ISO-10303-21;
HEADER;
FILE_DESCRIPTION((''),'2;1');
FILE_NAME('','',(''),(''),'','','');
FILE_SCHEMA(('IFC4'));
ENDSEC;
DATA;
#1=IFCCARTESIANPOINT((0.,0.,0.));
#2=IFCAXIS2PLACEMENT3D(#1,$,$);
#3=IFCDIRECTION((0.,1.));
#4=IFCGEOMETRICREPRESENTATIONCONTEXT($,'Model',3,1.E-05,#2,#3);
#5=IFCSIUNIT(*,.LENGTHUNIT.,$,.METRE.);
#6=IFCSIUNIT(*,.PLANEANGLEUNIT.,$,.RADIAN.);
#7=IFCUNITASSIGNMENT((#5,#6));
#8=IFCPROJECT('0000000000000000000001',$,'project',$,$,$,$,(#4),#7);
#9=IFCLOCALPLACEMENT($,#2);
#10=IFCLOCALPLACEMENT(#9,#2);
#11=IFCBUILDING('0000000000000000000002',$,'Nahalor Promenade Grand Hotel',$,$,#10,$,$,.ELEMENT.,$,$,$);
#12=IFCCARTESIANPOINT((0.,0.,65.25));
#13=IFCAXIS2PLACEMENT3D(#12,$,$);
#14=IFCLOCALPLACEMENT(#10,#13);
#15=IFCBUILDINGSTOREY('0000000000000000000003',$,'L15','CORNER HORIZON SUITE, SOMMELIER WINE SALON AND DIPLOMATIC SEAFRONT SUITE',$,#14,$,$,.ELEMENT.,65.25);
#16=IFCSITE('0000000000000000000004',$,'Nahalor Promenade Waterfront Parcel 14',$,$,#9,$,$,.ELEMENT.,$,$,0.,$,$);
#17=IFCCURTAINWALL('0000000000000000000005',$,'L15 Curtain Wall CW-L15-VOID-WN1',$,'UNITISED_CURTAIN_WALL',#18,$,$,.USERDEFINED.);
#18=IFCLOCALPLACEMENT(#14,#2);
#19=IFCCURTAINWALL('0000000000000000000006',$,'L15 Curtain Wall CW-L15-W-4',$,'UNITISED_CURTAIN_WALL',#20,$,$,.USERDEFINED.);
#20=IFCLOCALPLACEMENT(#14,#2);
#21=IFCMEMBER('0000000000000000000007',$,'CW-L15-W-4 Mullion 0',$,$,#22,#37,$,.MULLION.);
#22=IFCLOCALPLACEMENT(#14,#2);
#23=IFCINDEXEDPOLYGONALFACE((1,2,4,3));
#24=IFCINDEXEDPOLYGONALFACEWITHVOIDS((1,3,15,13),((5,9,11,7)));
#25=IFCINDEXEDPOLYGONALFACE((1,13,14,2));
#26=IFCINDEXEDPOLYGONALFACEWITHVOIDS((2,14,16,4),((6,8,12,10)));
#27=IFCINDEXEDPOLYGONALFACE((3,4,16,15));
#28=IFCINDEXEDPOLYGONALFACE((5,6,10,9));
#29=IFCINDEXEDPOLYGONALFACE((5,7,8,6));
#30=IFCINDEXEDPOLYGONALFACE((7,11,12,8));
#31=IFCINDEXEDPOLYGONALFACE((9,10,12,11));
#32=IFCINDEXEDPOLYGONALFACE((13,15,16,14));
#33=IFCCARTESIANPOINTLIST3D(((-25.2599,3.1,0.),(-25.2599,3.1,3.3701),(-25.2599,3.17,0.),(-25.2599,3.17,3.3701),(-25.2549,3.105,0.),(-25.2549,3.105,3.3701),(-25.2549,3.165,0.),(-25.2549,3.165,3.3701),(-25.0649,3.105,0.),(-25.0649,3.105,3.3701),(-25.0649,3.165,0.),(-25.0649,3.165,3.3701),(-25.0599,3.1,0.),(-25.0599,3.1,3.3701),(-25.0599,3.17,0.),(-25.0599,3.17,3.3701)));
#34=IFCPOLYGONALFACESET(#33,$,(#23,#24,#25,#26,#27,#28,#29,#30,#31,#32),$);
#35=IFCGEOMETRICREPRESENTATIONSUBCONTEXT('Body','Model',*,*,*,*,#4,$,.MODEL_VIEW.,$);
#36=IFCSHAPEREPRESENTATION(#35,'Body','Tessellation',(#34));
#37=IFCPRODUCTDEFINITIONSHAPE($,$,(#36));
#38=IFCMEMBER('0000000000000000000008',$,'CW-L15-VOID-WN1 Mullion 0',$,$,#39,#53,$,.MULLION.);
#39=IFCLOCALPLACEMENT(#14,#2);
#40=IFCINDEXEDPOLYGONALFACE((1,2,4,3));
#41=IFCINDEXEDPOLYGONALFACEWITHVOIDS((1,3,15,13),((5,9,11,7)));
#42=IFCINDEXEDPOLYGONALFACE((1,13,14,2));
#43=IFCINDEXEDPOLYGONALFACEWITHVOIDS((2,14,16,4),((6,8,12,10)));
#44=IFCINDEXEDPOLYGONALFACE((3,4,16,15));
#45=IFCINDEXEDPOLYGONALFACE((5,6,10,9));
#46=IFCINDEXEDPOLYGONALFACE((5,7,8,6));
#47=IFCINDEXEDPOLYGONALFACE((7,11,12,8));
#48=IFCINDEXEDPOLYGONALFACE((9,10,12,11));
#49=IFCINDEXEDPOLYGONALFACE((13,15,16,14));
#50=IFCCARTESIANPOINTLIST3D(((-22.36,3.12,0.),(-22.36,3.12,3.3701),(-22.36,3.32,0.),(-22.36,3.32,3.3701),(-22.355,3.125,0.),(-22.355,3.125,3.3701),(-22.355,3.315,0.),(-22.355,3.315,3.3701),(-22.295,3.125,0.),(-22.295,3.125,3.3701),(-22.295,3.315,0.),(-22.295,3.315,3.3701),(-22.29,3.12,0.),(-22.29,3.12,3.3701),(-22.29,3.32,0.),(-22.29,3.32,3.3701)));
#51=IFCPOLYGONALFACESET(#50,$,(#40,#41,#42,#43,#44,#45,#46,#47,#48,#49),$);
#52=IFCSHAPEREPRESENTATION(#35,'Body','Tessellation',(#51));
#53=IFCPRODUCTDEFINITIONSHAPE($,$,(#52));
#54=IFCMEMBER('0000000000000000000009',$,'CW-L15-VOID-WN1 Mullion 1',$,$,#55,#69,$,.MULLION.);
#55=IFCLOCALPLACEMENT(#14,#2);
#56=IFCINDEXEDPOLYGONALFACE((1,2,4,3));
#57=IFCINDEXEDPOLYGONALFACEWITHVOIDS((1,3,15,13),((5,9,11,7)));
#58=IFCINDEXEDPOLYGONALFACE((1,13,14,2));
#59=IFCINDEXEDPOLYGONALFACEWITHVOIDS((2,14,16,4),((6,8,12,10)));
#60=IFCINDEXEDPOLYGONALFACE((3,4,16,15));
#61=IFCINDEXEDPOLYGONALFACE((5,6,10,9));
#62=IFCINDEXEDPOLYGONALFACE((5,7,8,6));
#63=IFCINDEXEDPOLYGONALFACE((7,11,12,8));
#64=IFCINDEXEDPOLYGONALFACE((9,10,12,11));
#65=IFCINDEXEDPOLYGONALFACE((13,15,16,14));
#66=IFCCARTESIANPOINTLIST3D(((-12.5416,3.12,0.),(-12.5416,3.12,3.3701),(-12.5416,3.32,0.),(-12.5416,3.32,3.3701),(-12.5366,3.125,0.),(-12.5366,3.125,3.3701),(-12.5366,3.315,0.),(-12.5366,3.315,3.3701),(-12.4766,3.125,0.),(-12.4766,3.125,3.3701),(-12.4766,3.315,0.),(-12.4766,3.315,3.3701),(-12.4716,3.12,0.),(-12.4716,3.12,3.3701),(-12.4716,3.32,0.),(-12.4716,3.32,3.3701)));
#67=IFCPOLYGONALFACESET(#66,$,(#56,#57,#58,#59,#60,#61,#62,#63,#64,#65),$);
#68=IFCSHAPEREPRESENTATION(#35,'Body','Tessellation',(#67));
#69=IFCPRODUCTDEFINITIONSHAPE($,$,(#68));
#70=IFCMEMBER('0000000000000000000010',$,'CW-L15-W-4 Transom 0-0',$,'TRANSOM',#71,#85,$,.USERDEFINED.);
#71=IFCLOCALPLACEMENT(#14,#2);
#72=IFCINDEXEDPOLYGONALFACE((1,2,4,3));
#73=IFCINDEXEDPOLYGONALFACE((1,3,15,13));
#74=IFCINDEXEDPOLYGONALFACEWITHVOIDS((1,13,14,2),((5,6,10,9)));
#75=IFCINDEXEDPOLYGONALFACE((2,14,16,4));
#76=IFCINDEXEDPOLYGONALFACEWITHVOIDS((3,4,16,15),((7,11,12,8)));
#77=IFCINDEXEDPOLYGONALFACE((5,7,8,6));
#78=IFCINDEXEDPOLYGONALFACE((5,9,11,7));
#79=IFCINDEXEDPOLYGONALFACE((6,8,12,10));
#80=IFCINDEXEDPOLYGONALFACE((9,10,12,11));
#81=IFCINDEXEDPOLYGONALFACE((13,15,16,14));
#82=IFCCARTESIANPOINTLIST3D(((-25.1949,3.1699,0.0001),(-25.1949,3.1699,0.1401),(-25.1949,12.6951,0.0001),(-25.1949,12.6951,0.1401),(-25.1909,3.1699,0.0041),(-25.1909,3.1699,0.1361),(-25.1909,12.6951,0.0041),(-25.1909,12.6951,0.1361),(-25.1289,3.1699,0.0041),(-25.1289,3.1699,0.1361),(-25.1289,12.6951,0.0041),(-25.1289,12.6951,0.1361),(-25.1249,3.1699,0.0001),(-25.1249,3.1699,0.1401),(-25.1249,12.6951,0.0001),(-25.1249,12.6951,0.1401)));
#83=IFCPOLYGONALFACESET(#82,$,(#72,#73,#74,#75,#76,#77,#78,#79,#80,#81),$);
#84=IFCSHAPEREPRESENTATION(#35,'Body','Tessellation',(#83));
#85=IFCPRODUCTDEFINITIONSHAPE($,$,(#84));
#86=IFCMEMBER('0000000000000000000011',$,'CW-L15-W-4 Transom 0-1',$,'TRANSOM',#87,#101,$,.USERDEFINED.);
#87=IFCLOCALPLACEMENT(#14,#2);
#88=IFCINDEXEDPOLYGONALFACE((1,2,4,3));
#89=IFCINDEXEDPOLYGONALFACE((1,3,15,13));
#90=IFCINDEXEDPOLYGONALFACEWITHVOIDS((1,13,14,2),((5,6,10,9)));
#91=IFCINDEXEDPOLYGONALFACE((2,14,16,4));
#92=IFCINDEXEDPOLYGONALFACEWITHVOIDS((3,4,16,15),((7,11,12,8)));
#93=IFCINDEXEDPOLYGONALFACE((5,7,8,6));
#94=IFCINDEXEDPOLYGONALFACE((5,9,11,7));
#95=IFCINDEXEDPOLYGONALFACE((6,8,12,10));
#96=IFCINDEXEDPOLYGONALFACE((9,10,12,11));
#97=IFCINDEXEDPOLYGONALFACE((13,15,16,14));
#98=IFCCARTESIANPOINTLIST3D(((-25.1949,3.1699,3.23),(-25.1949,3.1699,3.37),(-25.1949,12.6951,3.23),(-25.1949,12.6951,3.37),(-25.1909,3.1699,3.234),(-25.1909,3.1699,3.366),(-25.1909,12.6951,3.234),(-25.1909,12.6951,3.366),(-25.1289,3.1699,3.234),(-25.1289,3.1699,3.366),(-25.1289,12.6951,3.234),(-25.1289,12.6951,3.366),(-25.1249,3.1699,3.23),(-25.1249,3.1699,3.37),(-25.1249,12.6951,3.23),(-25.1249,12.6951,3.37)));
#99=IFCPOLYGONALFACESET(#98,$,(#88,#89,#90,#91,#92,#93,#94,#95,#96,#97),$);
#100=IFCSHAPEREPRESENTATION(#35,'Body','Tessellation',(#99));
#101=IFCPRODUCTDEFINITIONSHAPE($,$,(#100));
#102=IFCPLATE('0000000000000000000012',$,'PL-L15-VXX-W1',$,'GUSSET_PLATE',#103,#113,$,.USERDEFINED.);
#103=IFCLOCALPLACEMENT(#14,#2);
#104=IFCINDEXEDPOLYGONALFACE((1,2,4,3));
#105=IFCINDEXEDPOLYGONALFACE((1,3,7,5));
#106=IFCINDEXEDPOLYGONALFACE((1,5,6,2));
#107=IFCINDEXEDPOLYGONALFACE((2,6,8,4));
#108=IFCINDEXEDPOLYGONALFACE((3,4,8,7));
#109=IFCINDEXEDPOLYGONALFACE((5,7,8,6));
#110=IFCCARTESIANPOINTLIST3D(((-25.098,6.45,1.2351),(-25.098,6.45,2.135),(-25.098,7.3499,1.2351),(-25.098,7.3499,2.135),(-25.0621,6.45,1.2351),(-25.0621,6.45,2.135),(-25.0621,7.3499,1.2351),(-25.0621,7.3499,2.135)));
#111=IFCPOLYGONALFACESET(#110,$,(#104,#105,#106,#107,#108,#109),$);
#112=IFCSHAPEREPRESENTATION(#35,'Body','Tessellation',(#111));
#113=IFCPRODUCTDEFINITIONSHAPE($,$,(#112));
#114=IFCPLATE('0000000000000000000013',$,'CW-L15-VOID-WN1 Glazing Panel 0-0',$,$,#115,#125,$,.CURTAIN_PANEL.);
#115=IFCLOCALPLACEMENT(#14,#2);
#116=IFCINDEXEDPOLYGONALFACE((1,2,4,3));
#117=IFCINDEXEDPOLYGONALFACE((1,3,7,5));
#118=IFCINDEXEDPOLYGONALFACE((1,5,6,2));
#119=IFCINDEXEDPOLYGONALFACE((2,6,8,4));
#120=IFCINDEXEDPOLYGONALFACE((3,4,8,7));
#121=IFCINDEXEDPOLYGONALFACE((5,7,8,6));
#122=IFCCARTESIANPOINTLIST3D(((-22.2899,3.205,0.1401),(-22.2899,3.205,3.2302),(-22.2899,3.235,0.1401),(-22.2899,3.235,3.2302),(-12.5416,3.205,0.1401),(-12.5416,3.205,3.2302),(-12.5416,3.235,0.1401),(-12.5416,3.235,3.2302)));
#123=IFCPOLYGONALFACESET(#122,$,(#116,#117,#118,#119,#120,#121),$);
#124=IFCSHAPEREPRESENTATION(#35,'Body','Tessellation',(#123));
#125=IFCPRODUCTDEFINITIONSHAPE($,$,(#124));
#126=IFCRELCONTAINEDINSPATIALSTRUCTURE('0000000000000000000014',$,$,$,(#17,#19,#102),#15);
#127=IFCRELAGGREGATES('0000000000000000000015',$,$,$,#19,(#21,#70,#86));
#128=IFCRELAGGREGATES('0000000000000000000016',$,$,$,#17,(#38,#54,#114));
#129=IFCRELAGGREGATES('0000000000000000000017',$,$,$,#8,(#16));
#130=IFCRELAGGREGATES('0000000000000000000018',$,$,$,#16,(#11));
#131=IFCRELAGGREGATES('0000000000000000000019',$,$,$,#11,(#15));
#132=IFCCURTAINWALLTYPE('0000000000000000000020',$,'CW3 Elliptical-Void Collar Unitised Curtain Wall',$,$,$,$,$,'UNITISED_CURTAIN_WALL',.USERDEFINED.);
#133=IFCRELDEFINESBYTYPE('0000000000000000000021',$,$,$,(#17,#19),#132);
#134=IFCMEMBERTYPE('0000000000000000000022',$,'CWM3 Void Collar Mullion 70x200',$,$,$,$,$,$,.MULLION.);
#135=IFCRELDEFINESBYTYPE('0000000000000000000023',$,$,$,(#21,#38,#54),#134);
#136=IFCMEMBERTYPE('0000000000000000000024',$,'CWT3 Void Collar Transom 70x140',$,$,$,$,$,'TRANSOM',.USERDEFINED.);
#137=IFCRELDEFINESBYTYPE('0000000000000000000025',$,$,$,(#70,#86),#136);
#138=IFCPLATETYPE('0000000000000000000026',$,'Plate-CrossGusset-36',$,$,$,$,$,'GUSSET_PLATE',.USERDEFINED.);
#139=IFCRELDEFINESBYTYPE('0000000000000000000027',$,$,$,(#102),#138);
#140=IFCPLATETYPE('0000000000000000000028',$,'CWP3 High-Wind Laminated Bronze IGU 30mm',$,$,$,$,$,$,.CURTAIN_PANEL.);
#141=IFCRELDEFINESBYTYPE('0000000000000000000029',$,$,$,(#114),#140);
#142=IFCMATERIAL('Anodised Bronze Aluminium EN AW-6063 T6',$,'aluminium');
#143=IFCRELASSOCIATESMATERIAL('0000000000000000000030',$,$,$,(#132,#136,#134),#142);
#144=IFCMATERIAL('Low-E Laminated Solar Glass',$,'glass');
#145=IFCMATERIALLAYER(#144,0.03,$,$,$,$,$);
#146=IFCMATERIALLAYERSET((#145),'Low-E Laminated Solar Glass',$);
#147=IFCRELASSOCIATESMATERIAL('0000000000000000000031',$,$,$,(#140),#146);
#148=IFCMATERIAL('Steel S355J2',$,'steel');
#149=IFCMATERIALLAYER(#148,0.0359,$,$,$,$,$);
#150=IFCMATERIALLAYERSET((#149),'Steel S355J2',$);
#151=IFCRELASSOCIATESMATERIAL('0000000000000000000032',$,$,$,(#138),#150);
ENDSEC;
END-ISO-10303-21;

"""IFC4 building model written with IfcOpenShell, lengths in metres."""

from ifc_helpers import new_model, si_unit, direction, frame, origin, origin_2d, place, context, subcontext, project, spatial, rectangle, hollow_rectangle, extrude, source, transform, mapped, material, layer, layer_set, material_profile, profile_set, type_object, element, aggregate, save


model = new_model("IFC4")

# Units and contexts
model_context = context("Model", 3, precision=1e-05, world=origin(), true_north=direction((0.0, 1.0)))
body_context = subcontext(model_context, "Body", "Model", "MODEL_VIEW")
ifc_project = project(units=[si_unit("LENGTHUNIT", "METRE"), si_unit("PLANEANGLEUNIT", "RADIAN")], contexts=[model_context])

# Site, building, storey
site_placement = place(None, origin())
site = spatial("IfcSite", under=ifc_project, at=site_placement, Name="Nahalor Promenade Waterfront Parcel 14", CompositionType="ELEMENT", RefElevation=0.0)
building_placement = place(site_placement, origin())
building = spatial("IfcBuilding", under=site, at=building_placement, Name="Nahalor Promenade Grand Hotel", CompositionType="ELEMENT")
storey_placement = place(building_placement, frame((0.0, 0.0, 65.25)))
storey = spatial("IfcBuildingStorey", under=building, at=storey_placement, Name="L15", Description="CORNER HORIZON SUITE, SOMMELIER WINE SALON AND DIPLOMATIC SEAFRONT SUITE", CompositionType="ELEMENT", Elevation=65.25)

# Shared definitions
ifc_material_1 = material(Name="Steel S355J2", Category="steel")

# Curtain wall
ifc_material_2 = material(Name="Anodised Bronze Aluminium EN AW-6063 T6", Category="aluminium")
curtain_wall_type = type_object("IfcCurtainWallType", Name="CW3 Elliptical-Void Collar Unitised Curtain Wall", ElementType="UNITISED_CURTAIN_WALL", PredefinedType="USERDEFINED", material=ifc_material_2)
curtain_wall_1_placement = place(storey_placement, origin())
curtain_wall_1 = element("IfcCurtainWall", 1, at=curtain_wall_1_placement, inside=storey, type_object=curtain_wall_type, Name="L15 Curtain Wall CW-L15-VOID-WN1", ObjectType="UNITISED_CURTAIN_WALL", PredefinedType="USERDEFINED")
ifc_material_profile_1 = material_profile(ifc_material_2, hollow_rectangle(XDim=0.07, YDim=0.14, WallThickness=0.004, at=origin_2d()), Name="CWT 70x140x4")
ifc_profile_set_1 = profile_set([ifc_material_profile_1], Name="Anodised Bronze Aluminium EN AW-6063 T6")
member_type_1 = type_object("IfcMemberType", Name="CWT3 Void Collar Transom 70x140", ElementType="TRANSOM", PredefinedType="USERDEFINED", material=ifc_profile_set_1)

# Curtain wall, member
ifc_material_profile_2 = material_profile(ifc_material_2, hollow_rectangle(XDim=0.07, YDim=0.2, WallThickness=0.005, at=origin_2d()), Name="CWM 70x200x5")
ifc_profile_set_2 = profile_set([ifc_material_profile_2], Name="Anodised Bronze Aluminium EN AW-6063 T6")
member_type_2 = type_object("IfcMemberType", Name="CWM3 Void Collar Mullion 70x200", PredefinedType="MULLION", material=ifc_profile_set_2)
shared_shape_1 = source(origin(), body_context, "Body", "SweptSolid", [
    extrude(hollow_rectangle(XDim=0.07, YDim=0.2, WallThickness=0.005, at=origin_2d()), origin(), (0.0, 0.0, 1.0), 3.3701),
])
curtain_wall_2_placement = place(storey_placement, origin())
curtain_wall_2 = element("IfcCurtainWall", 2, at=curtain_wall_2_placement, inside=storey, type_object=curtain_wall_type, Name="L15 Curtain Wall CW-L15-W-4", ObjectType="UNITISED_CURTAIN_WALL", PredefinedType="USERDEFINED")
member_1_placement = place(storey_placement, frame((-25.1599, 3.135, 0.0), z_axis=(0.0, 0.0, 1.0), x_axis=(0.0, 1.0, 0.0)))
member_1 = element("IfcMember", 3, at=member_1_placement, type_object=member_type_2, Name="CW-L15-W-4 Mullion 0", PredefinedType="MULLION", context=body_context, shape_type="MappedRepresentation", body=[
    mapped(shared_shape_1, transform((0.0, 0.0, 0.0), scale=1.0)),
])

# Members
member_2_placement = place(storey_placement, frame((-22.325, 3.22, 0.0), z_axis=(0.0, 0.0, 1.0), x_axis=(1.0, 0.0, 0.0)))
member_2 = element("IfcMember", 4, at=member_2_placement, type_object=member_type_2, Name="CW-L15-VOID-WN1 Mullion 0", PredefinedType="MULLION", context=body_context, shape_type="MappedRepresentation", body=[
    mapped(shared_shape_1, transform((0.0, 0.0, 0.0), scale=1.0)),
])
member_3_placement = place(storey_placement, frame((-12.5066, 3.22, 0.0), z_axis=(0.0, 0.0, 1.0), x_axis=(1.0, 0.0, 0.0)))
member_3 = element("IfcMember", 5, at=member_3_placement, type_object=member_type_2, Name="CW-L15-VOID-WN1 Mullion 1", PredefinedType="MULLION", context=body_context, shape_type="MappedRepresentation", body=[
    mapped(shared_shape_1, transform((0.0, 0.0, 0.0), scale=1.0)),
])
shared_shape_2 = source(origin(), body_context, "Body", "SweptSolid", [
    extrude(hollow_rectangle(XDim=0.07, YDim=0.14, WallThickness=0.004, at=origin_2d()), origin(), (0.0, 0.0, 1.0), 9.5251),
])
member_4_placement = place(storey_placement, frame((-25.1599, 3.1699, 0.0701), z_axis=(0.0, 1.0, 0.0), x_axis=(-1.0, 0.0, 0.0)))
member_4 = element("IfcMember", 6, at=member_4_placement, type_object=member_type_1, Name="CW-L15-W-4 Transom 0-0", ObjectType="TRANSOM", PredefinedType="USERDEFINED", context=body_context, shape_type="MappedRepresentation", body=[
    mapped(shared_shape_2, transform((0.0, 0.0, 0.0), scale=1.0)),
])
member_5_placement = place(storey_placement, frame((-25.1599, 3.1699, 3.3), z_axis=(0.0, 1.0, 0.0), x_axis=(-1.0, 0.0, 0.0)))
member_5 = element("IfcMember", 7, at=member_5_placement, type_object=member_type_1, Name="CW-L15-W-4 Transom 0-1", ObjectType="TRANSOM", PredefinedType="USERDEFINED", context=body_context, shape_type="MappedRepresentation", body=[
    mapped(shared_shape_2, transform((0.0, 0.0, 0.0), scale=1.0)),
])

# Plates
ifc_material_3 = material(Name="Low-E Laminated Solar Glass", Category="glass")
ifc_layer_1 = layer(ifc_material_3, 0.03)
ifc_layer_set_1 = layer_set([ifc_layer_1], Name="Low-E Laminated Solar Glass")
plate_type_1 = type_object("IfcPlateType", Name="CWP3 High-Wind Laminated Bronze IGU 30mm", PredefinedType="CURTAIN_PANEL", material=ifc_layer_set_1)
aggregate(curtain_wall_2, [member_1, member_4, member_5])
ifc_layer_2 = layer(ifc_material_1, 0.0359)
ifc_layer_set_2 = layer_set([ifc_layer_2], Name="Steel S355J2")
plate_type_2 = type_object("IfcPlateType", Name="Plate-CrossGusset-36", ElementType="GUSSET_PLATE", PredefinedType="USERDEFINED", material=ifc_layer_set_2)
shared_shape_3 = source(origin(), body_context, "Body", "SweptSolid", [
    extrude(rectangle(XDim=0.8999, YDim=0.0359, at=origin_2d()), origin(), (0.0, 0.0, 1.0), 0.8999),
])
plate_1_placement = place(storey_placement, frame((-25.0801, 6.8999, 1.2351), z_axis=(0.0, 0.0, 1.0), x_axis=(0.0, 1.0, 0.0)))
element("IfcPlate", 8, at=plate_1_placement, inside=storey, type_object=plate_type_2, Name="PL-L15-VXX-W1", ObjectType="GUSSET_PLATE", PredefinedType="USERDEFINED", context=body_context, shape_type="MappedRepresentation", body=[
    mapped(shared_shape_3, transform((0.0, 0.0, 0.0), scale=1.0)),
])
shared_shape_4 = source(origin(), body_context, "Body", "SweptSolid", [
    extrude(rectangle(XDim=9.7483, YDim=0.03, at=origin_2d()), origin(), (0.0, 0.0, 1.0), 3.0901),
])
plate_2_placement = place(storey_placement, frame((-17.4158, 3.22, 0.1401), z_axis=(0.0, 0.0, 1.0), x_axis=(1.0, 0.0, 0.0)))
plate_2 = element("IfcPlate", 9, at=plate_2_placement, type_object=plate_type_1, Name="CW-L15-VOID-WN1 Glazing Panel 0-0", PredefinedType="CURTAIN_PANEL", context=body_context, shape_type="MappedRepresentation", body=[
    mapped(shared_shape_4, transform((0.0, 0.0, 0.0), scale=1.0)),
])
aggregate(curtain_wall_1, [member_2, member_3, plate_2])

save(model, "model.ifc")
